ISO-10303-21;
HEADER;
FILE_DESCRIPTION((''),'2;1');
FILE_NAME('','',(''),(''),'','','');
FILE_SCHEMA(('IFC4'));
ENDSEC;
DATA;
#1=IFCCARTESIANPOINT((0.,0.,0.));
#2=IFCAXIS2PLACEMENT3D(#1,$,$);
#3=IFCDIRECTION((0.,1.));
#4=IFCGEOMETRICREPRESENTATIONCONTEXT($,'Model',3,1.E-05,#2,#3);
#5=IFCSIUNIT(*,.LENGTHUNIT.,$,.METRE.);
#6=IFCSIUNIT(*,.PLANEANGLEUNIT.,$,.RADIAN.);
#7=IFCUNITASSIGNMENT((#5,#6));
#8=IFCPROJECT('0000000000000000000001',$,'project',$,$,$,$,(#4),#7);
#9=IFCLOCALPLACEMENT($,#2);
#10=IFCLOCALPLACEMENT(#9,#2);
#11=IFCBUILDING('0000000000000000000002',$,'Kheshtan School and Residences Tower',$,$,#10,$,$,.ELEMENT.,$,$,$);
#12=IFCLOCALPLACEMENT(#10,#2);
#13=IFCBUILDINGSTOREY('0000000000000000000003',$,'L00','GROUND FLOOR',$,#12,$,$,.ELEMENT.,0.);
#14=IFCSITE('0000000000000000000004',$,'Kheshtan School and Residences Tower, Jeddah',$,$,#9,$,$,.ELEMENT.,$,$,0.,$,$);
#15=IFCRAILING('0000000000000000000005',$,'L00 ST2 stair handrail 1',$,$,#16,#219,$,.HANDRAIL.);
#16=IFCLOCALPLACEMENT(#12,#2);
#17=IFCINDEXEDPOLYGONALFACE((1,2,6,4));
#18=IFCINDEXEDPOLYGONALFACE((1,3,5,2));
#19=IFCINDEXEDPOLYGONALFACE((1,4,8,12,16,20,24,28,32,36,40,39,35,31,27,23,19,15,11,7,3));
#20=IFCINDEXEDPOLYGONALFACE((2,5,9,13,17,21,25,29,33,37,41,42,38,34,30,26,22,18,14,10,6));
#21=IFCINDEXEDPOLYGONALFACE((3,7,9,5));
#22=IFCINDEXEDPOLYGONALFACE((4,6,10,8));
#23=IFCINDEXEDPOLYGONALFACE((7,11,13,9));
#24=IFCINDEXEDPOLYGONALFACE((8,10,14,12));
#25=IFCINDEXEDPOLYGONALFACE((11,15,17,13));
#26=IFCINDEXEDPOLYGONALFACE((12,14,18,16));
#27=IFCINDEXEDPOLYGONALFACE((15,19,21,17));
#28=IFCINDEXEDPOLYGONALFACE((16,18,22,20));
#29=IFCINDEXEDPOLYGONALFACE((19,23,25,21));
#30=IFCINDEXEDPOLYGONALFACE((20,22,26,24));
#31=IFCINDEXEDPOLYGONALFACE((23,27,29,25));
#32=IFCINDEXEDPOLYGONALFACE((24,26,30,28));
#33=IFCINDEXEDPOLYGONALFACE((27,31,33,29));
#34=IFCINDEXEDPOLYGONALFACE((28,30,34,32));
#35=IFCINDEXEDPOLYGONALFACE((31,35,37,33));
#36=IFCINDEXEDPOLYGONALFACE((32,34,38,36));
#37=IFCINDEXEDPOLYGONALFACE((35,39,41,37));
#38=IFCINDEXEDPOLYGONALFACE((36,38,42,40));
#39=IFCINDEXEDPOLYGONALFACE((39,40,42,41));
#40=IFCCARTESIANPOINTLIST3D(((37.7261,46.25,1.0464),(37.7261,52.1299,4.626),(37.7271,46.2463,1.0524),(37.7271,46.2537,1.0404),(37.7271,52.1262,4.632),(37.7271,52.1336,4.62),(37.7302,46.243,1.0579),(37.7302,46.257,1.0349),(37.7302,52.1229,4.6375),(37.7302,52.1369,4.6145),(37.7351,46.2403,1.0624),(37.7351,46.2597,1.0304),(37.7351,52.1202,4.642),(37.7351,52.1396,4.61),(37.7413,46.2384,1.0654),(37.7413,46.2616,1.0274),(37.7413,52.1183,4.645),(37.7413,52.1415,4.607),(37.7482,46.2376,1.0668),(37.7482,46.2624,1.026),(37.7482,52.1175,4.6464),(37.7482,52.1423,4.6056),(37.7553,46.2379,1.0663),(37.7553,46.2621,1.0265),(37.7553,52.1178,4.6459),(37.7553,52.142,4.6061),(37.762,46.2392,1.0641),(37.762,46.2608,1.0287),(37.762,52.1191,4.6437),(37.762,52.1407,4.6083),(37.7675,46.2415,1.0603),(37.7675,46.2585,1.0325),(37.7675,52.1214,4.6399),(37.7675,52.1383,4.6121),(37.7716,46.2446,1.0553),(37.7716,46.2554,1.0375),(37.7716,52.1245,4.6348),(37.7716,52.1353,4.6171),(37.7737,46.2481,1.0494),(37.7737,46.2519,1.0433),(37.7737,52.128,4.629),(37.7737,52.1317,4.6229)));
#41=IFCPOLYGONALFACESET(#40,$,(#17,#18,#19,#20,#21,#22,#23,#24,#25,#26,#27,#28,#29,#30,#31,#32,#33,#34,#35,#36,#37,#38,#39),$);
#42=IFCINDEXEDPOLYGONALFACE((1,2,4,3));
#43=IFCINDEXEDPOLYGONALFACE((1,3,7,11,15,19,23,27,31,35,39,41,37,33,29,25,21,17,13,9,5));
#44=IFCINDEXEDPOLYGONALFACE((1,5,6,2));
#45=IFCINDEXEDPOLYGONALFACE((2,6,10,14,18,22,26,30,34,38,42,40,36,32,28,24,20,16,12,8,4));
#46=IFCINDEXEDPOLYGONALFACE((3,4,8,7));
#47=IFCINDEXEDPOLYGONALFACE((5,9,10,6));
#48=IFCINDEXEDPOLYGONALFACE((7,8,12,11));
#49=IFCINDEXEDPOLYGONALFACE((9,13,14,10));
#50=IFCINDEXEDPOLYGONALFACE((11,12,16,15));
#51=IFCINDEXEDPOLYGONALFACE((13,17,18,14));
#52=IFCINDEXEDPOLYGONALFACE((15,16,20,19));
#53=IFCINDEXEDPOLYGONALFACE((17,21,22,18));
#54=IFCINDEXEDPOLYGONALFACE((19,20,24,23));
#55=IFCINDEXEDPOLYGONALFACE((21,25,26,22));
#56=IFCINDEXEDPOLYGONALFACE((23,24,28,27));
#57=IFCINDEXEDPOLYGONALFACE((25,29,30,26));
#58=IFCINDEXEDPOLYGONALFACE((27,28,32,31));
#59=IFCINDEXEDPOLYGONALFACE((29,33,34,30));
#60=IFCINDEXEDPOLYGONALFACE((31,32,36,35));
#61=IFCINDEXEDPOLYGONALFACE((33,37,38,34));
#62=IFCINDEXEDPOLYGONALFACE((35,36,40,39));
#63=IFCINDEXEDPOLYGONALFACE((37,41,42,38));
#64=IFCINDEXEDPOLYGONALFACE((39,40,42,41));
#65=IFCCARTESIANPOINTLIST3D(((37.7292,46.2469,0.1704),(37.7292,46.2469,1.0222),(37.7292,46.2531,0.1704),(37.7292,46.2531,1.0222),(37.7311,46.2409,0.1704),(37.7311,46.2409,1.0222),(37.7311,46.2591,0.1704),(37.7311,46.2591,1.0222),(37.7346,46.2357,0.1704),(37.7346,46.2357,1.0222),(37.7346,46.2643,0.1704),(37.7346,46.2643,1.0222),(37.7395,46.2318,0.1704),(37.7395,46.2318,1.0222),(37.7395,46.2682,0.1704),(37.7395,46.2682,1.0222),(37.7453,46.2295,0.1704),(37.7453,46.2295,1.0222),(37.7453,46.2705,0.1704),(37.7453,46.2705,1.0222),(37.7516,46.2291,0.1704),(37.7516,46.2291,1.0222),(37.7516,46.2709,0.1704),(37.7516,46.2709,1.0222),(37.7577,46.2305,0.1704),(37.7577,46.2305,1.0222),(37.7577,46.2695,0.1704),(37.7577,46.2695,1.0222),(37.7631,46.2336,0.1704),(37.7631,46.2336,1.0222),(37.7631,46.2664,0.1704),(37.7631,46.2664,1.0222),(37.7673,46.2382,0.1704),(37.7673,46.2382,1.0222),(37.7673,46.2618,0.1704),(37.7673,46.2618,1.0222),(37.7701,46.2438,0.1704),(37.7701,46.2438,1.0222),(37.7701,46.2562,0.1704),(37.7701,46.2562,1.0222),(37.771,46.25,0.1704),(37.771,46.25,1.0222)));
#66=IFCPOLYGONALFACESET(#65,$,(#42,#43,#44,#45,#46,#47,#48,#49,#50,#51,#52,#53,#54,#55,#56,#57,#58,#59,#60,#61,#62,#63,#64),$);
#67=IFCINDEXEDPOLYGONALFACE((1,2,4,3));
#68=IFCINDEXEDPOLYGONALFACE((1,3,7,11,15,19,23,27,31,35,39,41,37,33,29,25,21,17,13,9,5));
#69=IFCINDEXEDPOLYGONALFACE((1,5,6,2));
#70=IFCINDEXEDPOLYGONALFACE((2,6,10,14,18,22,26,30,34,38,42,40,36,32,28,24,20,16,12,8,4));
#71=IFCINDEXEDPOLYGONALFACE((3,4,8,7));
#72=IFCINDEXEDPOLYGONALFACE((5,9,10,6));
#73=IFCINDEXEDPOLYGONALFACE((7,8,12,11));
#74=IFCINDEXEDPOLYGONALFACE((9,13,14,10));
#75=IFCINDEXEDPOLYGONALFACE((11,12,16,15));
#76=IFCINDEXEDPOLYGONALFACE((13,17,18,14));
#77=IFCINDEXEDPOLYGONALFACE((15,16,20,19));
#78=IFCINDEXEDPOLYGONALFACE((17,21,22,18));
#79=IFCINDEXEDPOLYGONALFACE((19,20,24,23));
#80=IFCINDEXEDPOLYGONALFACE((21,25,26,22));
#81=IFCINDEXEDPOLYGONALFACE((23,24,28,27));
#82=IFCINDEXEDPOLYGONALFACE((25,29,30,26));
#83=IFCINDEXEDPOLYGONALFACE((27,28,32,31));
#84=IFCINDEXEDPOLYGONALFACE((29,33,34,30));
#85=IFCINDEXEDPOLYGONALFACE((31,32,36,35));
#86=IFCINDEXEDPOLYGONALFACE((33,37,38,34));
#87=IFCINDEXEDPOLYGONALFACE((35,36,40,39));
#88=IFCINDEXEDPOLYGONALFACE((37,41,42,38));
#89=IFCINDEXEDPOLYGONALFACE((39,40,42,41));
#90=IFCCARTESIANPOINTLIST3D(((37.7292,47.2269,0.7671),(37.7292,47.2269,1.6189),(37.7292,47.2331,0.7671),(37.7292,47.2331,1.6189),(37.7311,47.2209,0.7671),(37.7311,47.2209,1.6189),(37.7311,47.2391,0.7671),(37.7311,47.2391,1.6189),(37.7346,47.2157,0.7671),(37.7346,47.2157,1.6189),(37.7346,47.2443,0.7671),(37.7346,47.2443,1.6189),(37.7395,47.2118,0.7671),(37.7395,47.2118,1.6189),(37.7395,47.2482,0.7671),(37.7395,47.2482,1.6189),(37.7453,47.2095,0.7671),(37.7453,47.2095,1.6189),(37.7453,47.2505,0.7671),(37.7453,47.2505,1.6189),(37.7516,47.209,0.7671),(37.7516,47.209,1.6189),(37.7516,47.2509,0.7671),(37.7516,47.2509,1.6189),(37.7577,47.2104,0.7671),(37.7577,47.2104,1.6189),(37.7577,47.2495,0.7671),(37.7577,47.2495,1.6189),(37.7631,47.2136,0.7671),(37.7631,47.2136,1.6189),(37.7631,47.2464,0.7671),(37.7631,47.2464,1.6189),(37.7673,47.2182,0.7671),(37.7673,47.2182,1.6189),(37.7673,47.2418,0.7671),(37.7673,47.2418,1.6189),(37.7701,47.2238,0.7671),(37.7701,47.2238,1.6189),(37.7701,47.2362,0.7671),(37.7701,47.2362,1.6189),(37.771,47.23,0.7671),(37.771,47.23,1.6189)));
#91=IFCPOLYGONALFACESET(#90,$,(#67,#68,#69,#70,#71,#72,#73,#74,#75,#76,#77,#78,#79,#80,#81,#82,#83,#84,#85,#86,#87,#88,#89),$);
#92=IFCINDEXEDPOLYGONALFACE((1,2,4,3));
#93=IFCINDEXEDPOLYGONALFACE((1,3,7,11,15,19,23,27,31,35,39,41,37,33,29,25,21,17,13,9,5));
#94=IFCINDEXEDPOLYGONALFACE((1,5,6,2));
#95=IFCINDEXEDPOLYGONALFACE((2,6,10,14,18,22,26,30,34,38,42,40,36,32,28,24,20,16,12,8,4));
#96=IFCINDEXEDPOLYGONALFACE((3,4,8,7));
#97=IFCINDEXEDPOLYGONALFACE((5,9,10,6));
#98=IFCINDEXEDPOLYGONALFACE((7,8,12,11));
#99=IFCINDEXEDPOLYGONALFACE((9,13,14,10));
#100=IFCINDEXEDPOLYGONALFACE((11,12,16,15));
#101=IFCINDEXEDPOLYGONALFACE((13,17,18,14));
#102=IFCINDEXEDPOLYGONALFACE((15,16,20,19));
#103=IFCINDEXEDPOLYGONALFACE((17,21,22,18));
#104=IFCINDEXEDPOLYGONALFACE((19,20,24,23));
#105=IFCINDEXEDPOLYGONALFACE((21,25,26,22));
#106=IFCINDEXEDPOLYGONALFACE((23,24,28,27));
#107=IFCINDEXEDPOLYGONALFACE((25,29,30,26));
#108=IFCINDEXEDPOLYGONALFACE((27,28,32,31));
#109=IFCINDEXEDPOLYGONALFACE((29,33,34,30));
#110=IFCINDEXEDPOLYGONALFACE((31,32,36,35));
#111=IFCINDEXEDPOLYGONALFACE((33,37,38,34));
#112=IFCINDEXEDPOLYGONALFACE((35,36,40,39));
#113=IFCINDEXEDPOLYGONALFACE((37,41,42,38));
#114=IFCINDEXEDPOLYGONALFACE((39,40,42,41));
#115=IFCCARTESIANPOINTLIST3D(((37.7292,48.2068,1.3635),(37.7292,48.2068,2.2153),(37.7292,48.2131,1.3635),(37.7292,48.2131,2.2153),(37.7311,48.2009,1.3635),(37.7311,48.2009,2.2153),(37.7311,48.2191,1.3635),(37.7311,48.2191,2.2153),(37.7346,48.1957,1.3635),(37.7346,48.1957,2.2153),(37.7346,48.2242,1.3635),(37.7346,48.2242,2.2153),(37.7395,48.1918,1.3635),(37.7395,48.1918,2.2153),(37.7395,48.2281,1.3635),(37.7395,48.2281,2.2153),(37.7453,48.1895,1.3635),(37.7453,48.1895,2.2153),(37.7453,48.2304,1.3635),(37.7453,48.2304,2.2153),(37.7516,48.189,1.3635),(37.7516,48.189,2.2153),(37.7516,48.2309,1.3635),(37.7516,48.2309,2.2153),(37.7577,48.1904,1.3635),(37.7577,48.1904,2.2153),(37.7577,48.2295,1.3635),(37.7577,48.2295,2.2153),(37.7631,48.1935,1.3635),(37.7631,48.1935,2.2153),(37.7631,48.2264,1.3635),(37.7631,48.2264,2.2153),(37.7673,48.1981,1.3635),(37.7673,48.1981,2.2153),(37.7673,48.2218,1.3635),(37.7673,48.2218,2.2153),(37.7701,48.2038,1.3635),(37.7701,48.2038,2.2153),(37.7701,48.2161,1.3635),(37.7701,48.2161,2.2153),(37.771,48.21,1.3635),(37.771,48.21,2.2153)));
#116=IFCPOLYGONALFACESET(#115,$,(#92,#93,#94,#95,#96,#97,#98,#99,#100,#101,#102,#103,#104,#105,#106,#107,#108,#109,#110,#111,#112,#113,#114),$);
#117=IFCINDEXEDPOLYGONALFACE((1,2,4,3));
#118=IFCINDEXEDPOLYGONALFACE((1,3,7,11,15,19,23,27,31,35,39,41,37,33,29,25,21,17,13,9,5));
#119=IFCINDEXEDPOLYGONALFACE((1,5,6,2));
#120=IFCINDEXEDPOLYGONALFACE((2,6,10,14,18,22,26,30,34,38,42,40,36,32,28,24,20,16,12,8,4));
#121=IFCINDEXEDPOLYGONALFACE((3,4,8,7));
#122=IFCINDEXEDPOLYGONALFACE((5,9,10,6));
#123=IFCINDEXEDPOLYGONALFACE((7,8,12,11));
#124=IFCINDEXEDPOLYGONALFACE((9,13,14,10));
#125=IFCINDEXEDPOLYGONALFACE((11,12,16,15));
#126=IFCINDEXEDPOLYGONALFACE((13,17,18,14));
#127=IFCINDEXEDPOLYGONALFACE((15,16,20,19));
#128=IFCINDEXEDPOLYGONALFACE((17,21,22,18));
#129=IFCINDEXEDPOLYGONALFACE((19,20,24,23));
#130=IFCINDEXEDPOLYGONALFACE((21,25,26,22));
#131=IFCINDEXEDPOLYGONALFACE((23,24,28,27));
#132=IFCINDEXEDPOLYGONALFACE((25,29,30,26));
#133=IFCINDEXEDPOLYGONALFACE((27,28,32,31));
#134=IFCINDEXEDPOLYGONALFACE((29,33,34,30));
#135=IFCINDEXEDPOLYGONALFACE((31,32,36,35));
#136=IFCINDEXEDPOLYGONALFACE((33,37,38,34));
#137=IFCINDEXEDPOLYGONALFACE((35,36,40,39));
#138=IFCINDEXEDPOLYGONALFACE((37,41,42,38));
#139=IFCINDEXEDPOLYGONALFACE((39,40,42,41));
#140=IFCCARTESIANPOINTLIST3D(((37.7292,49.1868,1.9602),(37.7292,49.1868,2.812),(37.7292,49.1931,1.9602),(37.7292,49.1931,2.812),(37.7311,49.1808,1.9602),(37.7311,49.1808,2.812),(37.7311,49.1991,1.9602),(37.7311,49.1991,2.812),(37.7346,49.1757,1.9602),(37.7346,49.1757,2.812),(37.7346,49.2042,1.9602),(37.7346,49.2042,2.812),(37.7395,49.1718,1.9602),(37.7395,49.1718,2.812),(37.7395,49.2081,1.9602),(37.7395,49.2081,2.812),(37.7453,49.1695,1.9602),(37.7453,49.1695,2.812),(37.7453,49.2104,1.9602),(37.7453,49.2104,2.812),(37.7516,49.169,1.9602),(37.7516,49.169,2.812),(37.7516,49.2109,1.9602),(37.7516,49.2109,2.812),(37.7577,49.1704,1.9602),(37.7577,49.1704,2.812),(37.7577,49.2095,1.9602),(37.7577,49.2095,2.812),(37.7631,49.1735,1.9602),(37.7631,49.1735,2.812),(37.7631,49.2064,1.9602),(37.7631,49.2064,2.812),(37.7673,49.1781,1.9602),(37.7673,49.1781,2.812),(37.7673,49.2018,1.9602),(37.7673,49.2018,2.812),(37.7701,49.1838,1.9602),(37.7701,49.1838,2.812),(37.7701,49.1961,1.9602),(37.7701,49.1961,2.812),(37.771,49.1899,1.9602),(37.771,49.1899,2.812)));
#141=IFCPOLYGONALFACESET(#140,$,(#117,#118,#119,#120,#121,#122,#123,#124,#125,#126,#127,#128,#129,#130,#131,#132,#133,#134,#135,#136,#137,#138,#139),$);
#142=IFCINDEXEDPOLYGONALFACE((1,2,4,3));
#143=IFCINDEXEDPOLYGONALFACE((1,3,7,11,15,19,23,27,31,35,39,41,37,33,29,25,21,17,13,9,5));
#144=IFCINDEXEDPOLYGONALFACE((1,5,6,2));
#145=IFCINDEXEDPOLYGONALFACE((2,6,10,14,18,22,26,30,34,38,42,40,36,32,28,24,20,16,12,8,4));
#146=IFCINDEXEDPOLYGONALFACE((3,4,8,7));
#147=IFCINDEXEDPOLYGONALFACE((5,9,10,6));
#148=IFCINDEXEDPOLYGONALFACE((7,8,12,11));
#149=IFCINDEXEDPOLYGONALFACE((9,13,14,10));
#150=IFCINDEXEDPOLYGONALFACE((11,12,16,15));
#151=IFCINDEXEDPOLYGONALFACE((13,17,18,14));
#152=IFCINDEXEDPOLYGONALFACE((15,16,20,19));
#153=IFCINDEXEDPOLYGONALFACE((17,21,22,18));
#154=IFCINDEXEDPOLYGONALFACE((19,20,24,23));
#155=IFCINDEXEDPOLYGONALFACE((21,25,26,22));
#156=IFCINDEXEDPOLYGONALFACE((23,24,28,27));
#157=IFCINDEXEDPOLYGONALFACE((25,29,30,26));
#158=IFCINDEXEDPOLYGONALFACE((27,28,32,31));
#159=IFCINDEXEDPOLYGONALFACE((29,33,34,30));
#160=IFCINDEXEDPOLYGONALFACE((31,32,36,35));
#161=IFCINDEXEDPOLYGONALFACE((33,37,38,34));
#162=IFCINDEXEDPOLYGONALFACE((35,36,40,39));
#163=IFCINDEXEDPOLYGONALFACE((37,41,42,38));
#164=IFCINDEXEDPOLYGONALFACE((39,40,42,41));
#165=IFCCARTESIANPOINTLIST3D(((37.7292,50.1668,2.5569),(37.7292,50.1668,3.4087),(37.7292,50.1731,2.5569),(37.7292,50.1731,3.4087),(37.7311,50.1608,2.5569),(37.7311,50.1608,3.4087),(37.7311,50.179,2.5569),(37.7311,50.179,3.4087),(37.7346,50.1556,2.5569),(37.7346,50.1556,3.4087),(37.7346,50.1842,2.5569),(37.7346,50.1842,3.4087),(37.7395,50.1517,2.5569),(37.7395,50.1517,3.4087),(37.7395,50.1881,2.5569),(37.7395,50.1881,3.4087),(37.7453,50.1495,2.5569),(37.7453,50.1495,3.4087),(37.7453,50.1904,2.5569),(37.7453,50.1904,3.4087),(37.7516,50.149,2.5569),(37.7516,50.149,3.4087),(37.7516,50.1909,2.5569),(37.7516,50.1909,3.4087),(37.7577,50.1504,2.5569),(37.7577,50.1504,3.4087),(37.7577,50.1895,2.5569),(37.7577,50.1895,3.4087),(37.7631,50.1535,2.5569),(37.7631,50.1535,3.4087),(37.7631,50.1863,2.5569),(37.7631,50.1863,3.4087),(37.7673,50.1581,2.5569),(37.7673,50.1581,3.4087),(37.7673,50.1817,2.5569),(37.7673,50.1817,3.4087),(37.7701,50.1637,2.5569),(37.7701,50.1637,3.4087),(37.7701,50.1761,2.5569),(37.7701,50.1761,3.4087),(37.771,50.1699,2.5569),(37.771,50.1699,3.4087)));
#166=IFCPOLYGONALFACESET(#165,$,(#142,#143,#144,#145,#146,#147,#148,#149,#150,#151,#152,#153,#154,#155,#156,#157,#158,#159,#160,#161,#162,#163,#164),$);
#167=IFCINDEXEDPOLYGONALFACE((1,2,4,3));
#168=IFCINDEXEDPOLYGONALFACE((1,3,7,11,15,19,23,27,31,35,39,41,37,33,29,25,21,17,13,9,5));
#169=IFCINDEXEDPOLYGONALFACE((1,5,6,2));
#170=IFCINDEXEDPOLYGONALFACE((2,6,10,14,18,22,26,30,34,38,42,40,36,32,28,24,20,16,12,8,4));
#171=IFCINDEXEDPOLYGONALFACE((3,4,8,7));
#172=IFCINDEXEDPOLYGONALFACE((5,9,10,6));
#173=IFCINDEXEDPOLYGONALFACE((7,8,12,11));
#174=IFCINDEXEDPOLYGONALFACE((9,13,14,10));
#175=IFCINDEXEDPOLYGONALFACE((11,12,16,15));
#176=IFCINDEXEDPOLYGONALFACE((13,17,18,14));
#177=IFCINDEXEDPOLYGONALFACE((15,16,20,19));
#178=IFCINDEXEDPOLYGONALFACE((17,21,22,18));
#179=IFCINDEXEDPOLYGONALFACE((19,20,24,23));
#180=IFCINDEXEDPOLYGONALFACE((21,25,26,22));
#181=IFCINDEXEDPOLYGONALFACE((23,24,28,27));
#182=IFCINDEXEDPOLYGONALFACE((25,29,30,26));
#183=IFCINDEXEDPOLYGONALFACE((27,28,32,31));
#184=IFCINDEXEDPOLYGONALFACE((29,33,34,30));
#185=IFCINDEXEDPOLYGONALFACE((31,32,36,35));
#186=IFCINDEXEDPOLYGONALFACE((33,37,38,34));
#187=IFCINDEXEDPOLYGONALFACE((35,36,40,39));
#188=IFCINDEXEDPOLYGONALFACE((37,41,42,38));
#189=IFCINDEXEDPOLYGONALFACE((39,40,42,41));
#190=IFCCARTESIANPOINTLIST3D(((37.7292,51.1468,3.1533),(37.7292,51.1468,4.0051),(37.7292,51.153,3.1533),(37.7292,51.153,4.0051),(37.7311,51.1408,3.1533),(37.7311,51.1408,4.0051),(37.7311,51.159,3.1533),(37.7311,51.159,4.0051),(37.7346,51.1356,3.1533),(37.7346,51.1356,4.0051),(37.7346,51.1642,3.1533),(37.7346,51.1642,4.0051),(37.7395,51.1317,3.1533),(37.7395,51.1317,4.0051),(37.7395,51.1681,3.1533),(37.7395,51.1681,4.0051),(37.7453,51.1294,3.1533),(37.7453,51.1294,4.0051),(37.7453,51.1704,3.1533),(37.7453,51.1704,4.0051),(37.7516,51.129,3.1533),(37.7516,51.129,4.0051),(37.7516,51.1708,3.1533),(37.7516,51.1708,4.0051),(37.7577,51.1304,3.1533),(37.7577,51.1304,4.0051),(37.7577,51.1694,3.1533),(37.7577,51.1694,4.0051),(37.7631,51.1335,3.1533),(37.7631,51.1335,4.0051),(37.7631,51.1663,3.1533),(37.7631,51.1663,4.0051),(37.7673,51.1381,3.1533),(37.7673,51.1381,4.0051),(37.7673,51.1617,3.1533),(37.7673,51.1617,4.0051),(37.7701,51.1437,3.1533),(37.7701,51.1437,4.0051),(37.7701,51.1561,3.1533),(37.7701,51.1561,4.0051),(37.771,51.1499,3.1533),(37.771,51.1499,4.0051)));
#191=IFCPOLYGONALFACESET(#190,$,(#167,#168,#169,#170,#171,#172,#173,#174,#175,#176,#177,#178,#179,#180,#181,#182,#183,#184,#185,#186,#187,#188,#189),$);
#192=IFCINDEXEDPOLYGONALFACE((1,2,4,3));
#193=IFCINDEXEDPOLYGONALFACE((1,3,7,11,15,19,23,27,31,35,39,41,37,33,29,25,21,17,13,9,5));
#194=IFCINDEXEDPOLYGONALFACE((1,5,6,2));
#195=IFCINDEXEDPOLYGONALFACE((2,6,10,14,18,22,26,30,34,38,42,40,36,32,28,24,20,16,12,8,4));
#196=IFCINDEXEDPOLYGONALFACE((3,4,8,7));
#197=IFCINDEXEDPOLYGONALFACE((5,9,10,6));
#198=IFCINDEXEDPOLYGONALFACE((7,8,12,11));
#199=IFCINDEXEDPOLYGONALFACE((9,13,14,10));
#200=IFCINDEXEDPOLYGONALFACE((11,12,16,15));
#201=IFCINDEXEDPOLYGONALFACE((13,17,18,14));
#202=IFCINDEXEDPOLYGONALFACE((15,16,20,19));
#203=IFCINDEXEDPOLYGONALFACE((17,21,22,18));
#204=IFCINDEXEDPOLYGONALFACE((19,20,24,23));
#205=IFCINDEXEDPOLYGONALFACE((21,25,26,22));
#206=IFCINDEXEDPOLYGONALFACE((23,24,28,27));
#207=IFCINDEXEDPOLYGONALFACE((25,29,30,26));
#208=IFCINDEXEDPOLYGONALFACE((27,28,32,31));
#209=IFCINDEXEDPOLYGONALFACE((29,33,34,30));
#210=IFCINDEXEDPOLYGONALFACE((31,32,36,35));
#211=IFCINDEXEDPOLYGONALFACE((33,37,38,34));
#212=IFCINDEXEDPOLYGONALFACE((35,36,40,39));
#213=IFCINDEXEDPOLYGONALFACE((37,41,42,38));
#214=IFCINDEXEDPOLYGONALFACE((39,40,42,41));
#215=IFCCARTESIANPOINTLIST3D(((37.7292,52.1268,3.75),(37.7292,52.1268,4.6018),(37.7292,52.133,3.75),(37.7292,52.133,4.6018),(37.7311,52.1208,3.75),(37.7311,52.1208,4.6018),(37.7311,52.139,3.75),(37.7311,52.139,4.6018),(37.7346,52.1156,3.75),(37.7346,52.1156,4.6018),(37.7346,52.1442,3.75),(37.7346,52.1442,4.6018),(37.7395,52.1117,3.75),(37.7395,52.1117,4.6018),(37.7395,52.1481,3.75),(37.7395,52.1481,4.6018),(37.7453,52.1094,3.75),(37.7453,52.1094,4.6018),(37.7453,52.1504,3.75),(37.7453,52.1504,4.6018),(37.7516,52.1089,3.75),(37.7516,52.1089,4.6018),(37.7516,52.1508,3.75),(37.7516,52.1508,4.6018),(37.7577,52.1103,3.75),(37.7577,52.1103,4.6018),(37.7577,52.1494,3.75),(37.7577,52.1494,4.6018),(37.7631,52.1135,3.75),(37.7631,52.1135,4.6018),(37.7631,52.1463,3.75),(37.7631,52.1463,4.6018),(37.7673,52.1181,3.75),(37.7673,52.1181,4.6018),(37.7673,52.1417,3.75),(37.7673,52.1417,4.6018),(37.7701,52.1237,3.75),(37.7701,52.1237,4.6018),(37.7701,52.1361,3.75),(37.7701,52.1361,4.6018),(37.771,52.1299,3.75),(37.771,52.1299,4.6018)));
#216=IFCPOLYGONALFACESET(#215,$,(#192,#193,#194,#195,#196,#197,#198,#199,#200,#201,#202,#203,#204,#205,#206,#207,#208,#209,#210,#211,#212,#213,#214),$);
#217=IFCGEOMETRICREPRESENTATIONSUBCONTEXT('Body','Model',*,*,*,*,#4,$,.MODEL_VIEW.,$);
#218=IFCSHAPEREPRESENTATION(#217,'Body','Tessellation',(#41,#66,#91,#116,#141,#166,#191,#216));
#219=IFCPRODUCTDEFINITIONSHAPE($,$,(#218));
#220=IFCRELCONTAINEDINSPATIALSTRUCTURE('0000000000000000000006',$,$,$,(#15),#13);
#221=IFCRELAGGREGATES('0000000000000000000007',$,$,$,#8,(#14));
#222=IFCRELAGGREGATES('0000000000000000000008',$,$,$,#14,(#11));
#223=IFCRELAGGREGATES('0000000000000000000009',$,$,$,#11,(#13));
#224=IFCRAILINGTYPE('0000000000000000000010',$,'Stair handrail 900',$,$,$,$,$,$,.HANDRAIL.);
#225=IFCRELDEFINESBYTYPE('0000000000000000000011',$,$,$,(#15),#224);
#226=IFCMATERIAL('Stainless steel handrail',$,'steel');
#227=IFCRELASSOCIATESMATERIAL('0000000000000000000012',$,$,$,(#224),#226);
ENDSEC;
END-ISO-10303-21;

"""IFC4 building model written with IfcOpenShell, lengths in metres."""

from ifc_helpers import new_model, si_unit, direction, frame, origin, origin_2d, place, context, subcontext, project, spatial, circle, extrude, material, type_object, element, save


model = new_model("IFC4")

# Units and contexts
model_context = context("Model", 3, precision=1e-05, world=origin(), true_north=direction((0.0, 1.0)))
body_context = subcontext(model_context, "Body", "Model", "MODEL_VIEW")
ifc_project = project(units=[si_unit("LENGTHUNIT", "METRE"), si_unit("PLANEANGLEUNIT", "RADIAN")], contexts=[model_context])

# Site, building, storey
site_placement = place(None, origin())
site = spatial("IfcSite", under=ifc_project, at=site_placement, Name="Kheshtan School and Residences Tower, Jeddah", CompositionType="ELEMENT", RefElevation=0.0)
building_placement = place(site_placement, origin())
building = spatial("IfcBuilding", under=site, at=building_placement, Name="Kheshtan School and Residences Tower", CompositionType="ELEMENT")
storey_placement = place(building_placement, origin())
storey = spatial("IfcBuildingStorey", under=building, at=storey_placement, Name="L00", Description="GROUND FLOOR", CompositionType="ELEMENT", Elevation=0.0)

# Railing
ifc_material_1 = material(Name="Stainless steel handrail", Category="steel")
railing_type_1 = type_object("IfcRailingType", Name="Stair handrail 900", PredefinedType="HANDRAIL", material=ifc_material_1)
railing_1_placement = place(storey_placement, frame((37.75, 46.25, 0.1704)))
element("IfcRailing", 1, at=railing_1_placement, inside=storey, type_object=railing_type_1, Name="L00 ST2 stair handrail 1", PredefinedType="HANDRAIL", context=body_context, shape_type="SweptSolid", body=[
    extrude(circle(Radius=0.0239, at=origin_2d()), frame((0.0, 0.0, 0.876), z_axis=(0.0, 0.854164, 0.520003), x_axis=(-1.0, 0.0, 0.0)), (0.0, 0.0, 1.0), 6.8838),
    extrude(circle(Radius=0.021, at=origin_2d()), origin(), (0.0, 0.0, 1.0), 0.8518),
    extrude(circle(Radius=0.021, at=origin_2d()), frame((0.0, 0.98, 0.5967)), (0.0, 0.0, 1.0), 0.8518),
    extrude(circle(Radius=0.021, at=origin_2d()), frame((0.0, 1.96, 1.1931)), (0.0, 0.0, 1.0), 0.8518),
    extrude(circle(Radius=0.021, at=origin_2d()), frame((0.0, 2.9399, 1.7898)), (0.0, 0.0, 1.0), 0.8518),
    extrude(circle(Radius=0.021, at=origin_2d()), frame((0.0, 3.9199, 2.3865)), (0.0, 0.0, 1.0), 0.8518),
    extrude(circle(Radius=0.021, at=origin_2d()), frame((0.0, 4.8999, 2.9829)), (0.0, 0.0, 1.0), 0.8518),
    extrude(circle(Radius=0.021, at=origin_2d()), frame((0.0, 5.8799, 3.5796)), (0.0, 0.0, 1.0), 0.8518),
])

save(model, "model.ifc")
